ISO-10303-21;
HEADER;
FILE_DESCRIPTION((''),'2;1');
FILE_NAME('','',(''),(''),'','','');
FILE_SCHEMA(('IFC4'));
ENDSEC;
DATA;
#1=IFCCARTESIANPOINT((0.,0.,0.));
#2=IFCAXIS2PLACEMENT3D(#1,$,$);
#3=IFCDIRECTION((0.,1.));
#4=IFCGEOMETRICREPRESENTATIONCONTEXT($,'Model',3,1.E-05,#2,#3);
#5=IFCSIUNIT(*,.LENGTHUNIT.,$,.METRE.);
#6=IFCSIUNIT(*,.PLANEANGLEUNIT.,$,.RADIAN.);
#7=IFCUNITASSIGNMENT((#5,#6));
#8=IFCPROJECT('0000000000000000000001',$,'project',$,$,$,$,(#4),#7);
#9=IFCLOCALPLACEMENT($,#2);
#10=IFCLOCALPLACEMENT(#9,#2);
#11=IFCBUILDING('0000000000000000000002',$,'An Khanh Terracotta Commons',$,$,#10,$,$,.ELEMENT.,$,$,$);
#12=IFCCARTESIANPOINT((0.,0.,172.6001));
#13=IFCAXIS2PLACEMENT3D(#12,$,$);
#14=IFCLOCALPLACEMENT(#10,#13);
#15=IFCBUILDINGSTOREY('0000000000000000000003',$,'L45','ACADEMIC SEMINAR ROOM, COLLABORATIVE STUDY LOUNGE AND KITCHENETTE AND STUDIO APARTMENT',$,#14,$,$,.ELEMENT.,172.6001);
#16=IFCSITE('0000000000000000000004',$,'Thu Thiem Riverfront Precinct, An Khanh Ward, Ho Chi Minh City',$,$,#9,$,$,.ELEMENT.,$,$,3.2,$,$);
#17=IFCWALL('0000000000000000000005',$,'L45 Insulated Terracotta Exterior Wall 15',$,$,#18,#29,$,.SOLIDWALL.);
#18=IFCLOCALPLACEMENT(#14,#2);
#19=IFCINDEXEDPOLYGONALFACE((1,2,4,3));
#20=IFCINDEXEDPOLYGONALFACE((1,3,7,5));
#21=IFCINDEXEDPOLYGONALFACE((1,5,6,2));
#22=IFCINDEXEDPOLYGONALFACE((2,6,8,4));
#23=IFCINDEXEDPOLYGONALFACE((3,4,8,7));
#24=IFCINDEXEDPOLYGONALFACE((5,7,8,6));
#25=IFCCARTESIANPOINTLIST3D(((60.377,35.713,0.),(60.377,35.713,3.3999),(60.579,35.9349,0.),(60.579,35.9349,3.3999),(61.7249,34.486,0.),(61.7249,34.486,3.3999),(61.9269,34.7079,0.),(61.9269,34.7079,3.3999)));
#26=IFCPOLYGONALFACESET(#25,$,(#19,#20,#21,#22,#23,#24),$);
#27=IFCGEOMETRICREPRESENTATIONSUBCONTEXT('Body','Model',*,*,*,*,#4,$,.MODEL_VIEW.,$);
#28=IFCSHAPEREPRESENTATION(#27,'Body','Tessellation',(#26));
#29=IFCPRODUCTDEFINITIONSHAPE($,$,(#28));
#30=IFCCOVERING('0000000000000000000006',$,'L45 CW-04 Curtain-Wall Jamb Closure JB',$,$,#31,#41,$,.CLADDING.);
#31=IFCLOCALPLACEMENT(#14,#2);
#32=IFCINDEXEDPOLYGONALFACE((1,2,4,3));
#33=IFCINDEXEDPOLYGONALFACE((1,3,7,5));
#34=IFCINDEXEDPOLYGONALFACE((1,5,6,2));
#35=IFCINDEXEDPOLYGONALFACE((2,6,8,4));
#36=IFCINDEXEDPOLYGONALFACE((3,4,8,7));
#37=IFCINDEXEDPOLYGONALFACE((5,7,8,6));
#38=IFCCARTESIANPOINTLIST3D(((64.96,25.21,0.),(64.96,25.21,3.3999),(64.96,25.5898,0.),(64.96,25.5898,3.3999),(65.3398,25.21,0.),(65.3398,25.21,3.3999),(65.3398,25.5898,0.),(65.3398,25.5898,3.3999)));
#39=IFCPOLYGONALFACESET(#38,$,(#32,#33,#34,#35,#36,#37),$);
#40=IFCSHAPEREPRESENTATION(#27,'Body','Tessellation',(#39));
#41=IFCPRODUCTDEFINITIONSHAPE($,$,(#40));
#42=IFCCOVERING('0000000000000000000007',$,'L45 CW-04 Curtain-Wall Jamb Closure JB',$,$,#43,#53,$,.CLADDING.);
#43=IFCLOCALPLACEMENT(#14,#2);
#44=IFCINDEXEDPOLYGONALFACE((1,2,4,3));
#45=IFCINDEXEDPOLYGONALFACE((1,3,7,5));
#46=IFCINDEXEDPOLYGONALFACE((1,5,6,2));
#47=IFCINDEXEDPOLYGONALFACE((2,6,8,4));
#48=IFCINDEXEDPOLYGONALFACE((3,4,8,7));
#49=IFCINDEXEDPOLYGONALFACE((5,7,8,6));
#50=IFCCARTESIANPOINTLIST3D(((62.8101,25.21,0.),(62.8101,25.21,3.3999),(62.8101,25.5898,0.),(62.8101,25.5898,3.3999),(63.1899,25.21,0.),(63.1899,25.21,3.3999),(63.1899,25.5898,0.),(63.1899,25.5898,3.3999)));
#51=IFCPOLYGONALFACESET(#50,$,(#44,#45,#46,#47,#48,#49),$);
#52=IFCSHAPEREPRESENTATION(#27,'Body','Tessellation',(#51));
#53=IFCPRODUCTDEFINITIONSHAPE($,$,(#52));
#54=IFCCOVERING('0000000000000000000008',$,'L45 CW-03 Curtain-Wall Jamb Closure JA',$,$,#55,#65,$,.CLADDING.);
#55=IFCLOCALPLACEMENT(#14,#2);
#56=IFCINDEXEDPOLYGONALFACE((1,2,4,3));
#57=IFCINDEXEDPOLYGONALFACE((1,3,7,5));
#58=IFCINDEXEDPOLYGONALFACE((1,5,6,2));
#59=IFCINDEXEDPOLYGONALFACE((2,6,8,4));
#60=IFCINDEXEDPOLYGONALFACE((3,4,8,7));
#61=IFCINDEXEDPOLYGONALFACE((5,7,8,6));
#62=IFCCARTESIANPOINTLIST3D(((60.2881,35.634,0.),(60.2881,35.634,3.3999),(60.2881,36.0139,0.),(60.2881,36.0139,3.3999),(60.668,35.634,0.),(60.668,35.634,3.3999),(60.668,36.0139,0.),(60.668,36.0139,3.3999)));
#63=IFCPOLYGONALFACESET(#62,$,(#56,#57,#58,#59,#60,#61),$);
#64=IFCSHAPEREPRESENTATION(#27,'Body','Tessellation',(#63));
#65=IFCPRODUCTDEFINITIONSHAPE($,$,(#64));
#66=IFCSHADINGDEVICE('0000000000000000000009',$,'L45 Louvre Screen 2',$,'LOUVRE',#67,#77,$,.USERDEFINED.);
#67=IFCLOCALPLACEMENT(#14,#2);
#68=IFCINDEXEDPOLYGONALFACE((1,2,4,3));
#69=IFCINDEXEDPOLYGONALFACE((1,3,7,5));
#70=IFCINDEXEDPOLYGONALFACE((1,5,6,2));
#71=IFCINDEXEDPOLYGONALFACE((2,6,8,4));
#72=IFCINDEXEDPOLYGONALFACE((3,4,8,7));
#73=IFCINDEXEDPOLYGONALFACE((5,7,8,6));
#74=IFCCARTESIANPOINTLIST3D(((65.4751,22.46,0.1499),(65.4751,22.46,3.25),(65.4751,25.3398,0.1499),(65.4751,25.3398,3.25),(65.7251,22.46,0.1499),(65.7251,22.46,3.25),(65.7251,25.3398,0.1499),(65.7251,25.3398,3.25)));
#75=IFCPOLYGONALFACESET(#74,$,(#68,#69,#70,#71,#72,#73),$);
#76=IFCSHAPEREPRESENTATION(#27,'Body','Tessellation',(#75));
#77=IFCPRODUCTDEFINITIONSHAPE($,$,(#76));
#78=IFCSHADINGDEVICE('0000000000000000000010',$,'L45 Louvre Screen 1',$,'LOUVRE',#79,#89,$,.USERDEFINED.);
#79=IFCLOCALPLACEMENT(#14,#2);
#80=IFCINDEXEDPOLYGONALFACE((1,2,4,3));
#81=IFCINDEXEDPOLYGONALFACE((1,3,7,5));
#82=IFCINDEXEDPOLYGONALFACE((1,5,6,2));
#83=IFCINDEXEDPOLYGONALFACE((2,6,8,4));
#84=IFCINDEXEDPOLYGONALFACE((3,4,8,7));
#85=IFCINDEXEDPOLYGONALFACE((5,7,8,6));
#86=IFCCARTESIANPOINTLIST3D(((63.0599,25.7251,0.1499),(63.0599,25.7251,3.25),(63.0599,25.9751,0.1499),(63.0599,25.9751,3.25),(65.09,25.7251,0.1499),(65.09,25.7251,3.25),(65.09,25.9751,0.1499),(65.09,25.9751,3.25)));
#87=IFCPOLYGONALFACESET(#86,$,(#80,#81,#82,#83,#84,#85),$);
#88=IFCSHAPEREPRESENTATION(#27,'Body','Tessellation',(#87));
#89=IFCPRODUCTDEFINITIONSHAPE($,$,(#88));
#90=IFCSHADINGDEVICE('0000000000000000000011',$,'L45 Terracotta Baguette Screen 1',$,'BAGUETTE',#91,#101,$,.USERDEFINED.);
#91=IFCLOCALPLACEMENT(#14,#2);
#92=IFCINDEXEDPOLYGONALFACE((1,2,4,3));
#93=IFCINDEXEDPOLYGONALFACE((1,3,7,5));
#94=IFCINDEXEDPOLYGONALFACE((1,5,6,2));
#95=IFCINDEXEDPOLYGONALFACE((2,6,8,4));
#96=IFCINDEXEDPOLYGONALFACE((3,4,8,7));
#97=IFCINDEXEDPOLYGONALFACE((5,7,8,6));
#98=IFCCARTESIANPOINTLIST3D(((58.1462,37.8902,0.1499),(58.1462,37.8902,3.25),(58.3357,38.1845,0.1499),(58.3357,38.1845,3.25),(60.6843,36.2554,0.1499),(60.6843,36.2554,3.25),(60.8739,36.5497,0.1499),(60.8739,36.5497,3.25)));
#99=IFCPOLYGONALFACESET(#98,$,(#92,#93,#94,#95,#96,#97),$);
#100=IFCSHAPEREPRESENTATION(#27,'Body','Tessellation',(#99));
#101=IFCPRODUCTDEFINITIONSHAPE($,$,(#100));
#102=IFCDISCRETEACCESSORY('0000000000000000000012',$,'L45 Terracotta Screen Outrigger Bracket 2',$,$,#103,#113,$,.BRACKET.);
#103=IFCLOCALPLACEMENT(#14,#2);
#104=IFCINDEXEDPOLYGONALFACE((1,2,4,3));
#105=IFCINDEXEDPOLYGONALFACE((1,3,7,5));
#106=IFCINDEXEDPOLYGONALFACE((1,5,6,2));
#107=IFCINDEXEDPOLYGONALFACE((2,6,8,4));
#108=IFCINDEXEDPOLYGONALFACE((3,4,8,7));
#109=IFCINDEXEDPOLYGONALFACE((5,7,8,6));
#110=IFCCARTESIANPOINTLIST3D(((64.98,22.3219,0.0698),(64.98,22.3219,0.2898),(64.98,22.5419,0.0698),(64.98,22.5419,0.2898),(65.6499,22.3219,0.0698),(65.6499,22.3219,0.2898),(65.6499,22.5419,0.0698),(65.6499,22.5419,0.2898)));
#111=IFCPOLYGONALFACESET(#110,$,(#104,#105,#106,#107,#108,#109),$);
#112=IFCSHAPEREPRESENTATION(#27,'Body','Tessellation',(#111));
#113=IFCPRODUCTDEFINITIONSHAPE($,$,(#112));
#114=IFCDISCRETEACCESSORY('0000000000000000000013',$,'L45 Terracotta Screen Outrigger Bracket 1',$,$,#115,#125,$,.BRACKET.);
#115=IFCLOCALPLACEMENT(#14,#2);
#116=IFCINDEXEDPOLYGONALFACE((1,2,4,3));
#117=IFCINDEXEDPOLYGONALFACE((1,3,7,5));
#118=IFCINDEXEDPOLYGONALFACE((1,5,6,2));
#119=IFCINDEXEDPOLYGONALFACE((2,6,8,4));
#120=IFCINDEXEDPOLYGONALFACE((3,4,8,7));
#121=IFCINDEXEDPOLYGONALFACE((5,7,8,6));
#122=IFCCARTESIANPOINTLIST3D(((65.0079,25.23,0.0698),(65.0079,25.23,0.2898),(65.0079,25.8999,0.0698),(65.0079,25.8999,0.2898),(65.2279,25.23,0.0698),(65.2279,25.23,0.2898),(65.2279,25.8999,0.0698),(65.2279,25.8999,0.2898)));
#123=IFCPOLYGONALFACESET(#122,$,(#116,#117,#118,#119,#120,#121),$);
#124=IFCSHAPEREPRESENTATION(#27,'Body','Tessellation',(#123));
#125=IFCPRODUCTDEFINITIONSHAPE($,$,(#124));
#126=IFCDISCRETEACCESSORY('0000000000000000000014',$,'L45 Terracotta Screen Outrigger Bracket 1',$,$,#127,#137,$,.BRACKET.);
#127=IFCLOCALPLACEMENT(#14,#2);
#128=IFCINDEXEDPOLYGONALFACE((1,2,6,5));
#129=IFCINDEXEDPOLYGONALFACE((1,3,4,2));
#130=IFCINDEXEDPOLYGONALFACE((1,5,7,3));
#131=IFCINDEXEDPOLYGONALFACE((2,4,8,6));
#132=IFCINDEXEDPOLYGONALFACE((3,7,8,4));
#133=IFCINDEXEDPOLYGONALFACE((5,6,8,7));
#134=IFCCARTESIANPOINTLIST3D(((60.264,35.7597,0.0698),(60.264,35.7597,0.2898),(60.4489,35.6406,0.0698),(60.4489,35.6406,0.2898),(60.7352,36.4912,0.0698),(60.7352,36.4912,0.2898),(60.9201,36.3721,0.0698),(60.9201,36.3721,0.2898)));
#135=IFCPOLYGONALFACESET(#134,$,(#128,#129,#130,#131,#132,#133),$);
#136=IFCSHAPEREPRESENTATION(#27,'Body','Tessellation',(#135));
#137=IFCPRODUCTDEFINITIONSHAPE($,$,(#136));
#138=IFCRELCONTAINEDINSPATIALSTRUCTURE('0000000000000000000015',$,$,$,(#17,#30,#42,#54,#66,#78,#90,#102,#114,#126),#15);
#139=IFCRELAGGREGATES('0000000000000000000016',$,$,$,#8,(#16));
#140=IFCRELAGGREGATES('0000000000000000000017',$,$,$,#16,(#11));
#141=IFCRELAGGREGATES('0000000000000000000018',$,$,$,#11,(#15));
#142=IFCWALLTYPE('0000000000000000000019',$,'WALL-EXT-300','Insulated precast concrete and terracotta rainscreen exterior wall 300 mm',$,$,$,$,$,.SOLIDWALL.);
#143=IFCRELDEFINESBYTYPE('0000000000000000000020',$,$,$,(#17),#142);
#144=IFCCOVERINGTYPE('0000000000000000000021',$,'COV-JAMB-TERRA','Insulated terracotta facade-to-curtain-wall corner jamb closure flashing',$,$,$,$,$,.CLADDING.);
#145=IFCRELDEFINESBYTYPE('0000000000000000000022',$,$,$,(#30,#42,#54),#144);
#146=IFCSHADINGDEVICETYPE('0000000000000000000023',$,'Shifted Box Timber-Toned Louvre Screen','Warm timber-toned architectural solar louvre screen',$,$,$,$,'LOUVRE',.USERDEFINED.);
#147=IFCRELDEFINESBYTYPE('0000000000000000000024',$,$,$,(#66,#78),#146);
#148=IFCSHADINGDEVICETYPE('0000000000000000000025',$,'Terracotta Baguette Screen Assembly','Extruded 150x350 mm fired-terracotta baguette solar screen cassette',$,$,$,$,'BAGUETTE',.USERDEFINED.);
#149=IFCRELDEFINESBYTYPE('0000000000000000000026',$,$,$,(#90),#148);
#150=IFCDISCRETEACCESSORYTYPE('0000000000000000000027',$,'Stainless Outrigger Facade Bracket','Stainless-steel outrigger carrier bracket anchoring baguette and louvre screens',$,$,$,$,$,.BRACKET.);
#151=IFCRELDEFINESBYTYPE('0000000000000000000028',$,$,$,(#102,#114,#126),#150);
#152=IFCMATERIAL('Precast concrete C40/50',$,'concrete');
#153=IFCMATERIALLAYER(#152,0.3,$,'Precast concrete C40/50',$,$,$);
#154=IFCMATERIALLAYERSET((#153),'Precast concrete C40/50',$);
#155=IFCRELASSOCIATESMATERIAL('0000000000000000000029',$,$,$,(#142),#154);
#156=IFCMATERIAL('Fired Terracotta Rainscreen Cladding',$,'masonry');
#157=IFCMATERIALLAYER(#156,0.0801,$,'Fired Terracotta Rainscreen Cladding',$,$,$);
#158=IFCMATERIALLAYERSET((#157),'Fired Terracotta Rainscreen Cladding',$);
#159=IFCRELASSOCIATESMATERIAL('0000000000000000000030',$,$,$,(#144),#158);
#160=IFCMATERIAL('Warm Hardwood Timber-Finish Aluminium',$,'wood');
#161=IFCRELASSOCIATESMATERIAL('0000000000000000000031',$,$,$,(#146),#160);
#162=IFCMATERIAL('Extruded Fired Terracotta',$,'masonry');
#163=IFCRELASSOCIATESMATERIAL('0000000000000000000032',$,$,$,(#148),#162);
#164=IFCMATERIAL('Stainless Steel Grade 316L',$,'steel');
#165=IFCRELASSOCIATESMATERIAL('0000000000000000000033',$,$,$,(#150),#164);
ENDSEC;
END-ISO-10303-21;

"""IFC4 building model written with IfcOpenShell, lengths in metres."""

from ifc_helpers import new_model, si_unit, direction, frame, frame_2d, origin, origin_2d, place, context, subcontext, project, spatial, rectangle, extrude, material, layer, layer_set, type_object, element, save


model = new_model("IFC4")

# Units and contexts
model_context = context("Model", 3, precision=1e-05, world=origin(), true_north=direction((0.0, 1.0)))
body_context = subcontext(model_context, "Body", "Model", "MODEL_VIEW")
ifc_project = project(units=[si_unit("LENGTHUNIT", "METRE"), si_unit("PLANEANGLEUNIT", "RADIAN")], contexts=[model_context])

# Site, building, storey
site_placement = place(None, origin())
site = spatial("IfcSite", under=ifc_project, at=site_placement, Name="Thu Thiem Riverfront Precinct, An Khanh Ward, Ho Chi Minh City", CompositionType="ELEMENT", RefElevation=3.2)
building_placement = place(site_placement, origin())
building = spatial("IfcBuilding", under=site, at=building_placement, Name="An Khanh Terracotta Commons", CompositionType="ELEMENT")
storey_placement = place(building_placement, frame((0.0, 0.0, 172.6001)))
storey = spatial("IfcBuildingStorey", under=building, at=storey_placement, Name="L45", Description="ACADEMIC SEMINAR ROOM, COLLABORATIVE STUDY LOUNGE AND KITCHENETTE AND STUDIO APARTMENT", CompositionType="ELEMENT", Elevation=172.6001)

# Shared definitions
ifc_material_1 = material(Name="Precast concrete C40/50", Category="concrete")
ifc_layer_1 = layer(ifc_material_1, 0.3, Name="Precast concrete C40/50")
ifc_layer_set_1 = layer_set([ifc_layer_1], Name="Precast concrete C40/50")
wall_type = type_object("IfcWallType", Name="WALL-EXT-300", Description="Insulated precast concrete and terracotta rainscreen exterior wall 300 mm", PredefinedType="SOLIDWALL", material=ifc_layer_set_1)

# Wall
wall_1_placement = place(storey_placement, frame((61.8259, 34.5969, 0.0), z_axis=(0.0, 0.0, 1.0), x_axis=(-0.739479, 0.673179, 0.0)))
element("IfcWall", 1, at=wall_1_placement, inside=storey, type_object=wall_type, Name="L45 Insulated Terracotta Exterior Wall 15", PredefinedType="SOLIDWALL", context=body_context, shape_type="SweptSolid", body=[
    extrude(rectangle(XDim=1.8228, YDim=0.3, at=frame_2d((0.9114, 0.0))), origin(), (0.0, 0.0, 1.0), 3.3999),
])

# Coverings
ifc_material_2 = material(Name="Fired Terracotta Rainscreen Cladding", Category="masonry")
ifc_layer_2 = layer(ifc_material_2, 0.0801, Name="Fired Terracotta Rainscreen Cladding")
ifc_layer_set_2 = layer_set([ifc_layer_2], Name="Fired Terracotta Rainscreen Cladding")
covering_type = type_object("IfcCoveringType", Name="COV-JAMB-TERRA", Description="Insulated terracotta facade-to-curtain-wall corner jamb closure flashing", PredefinedType="CLADDING", material=ifc_layer_set_2)
for number, where, z_axis, x_axis, name in (
    (2, (65.1499, 25.3999, 0.0), (0.0, 0.0, 1.0), (1.0, 0.0, 0.0), "L45 CW-04 Curtain-Wall Jamb Closure JB"),
    (3, (63.0, 25.3999, 0.0), (0.0, 0.0, 1.0), (1.0, 0.0, 0.0), "L45 CW-04 Curtain-Wall Jamb Closure JB"),
    (4, (60.478, 35.824, 0.0), (0.0, 0.0, 1.0), (1.0, 0.0, 0.0), "L45 CW-03 Curtain-Wall Jamb Closure JA"),
):
    element("IfcCovering", number, at=place(storey_placement, frame(where, z_axis=z_axis, x_axis=x_axis)), inside=storey, type_object=covering_type, Name=name, PredefinedType="CLADDING", context=body_context, shape_type="SweptSolid", body=[
        extrude(rectangle(XDim=0.3799, YDim=0.3799, at=origin_2d()), origin(), (0.0, 0.0, 1.0), 3.3999),
    ])

# Shading devices
ifc_material_3 = material(Name="Warm Hardwood Timber-Finish Aluminium", Category="wood")
shading_device_type_1 = type_object("IfcShadingDeviceType", Name="Shifted Box Timber-Toned Louvre Screen", Description="Warm timber-toned architectural solar louvre screen", ElementType="LOUVRE", PredefinedType="USERDEFINED", material=ifc_material_3)
shading_device_1_placement = place(storey_placement, frame((65.6001, 23.8999, 0.1499), z_axis=(0.0, 0.0, 1.0), x_axis=(0.0, 1.0, 0.0)))
element("IfcShadingDevice", 5, at=shading_device_1_placement, inside=storey, type_object=shading_device_type_1, Name="L45 Louvre Screen 2", ObjectType="LOUVRE", PredefinedType="USERDEFINED", context=body_context, shape_type="SweptSolid", body=[
    extrude(rectangle(XDim=2.8799, YDim=0.25, at=origin_2d()), origin(), (0.0, 0.0, 1.0), 3.1001),
])
shading_device_2_placement = place(storey_placement, frame((64.075, 25.8501, 0.1499), z_axis=(0.0, 0.0, 1.0), x_axis=(-1.0, 0.0, 0.0)))
element("IfcShadingDevice", 6, at=shading_device_2_placement, inside=storey, type_object=shading_device_type_1, Name="L45 Louvre Screen 1", ObjectType="LOUVRE", PredefinedType="USERDEFINED", context=body_context, shape_type="SweptSolid", body=[
    extrude(rectangle(XDim=2.03, YDim=0.25, at=origin_2d()), origin(), (0.0, 0.0, 1.0), 3.1001),
])
ifc_material_4 = material(Name="Extruded Fired Terracotta", Category="masonry")
shading_device_type_2 = type_object("IfcShadingDeviceType", Name="Terracotta Baguette Screen Assembly", Description="Extruded 150x350 mm fired-terracotta baguette solar screen cassette", ElementType="BAGUETTE", PredefinedType="USERDEFINED", material=ifc_material_4)
shading_device_3_placement = place(storey_placement, frame((59.51, 37.22, 0.1499), z_axis=(0.0, 0.0, 1.0), x_axis=(-0.840702, 0.541498, 0.0)))
element("IfcShadingDevice", 7, at=shading_device_3_placement, inside=storey, type_object=shading_device_type_2, Name="L45 Terracotta Baguette Screen 1", ObjectType="BAGUETTE", PredefinedType="USERDEFINED", context=body_context, shape_type="SweptSolid", body=[
    extrude(rectangle(XDim=3.019, YDim=0.3501, at=origin_2d()), origin(), (0.0, 0.0, 1.0), 3.1001),
])

# Discrete accessories
ifc_material_5 = material(Name="Stainless Steel Grade 316L", Category="steel")
discrete_accessory_type = type_object("IfcDiscreteAccessoryType", Name="Stainless Outrigger Facade Bracket", Description="Stainless-steel outrigger carrier bracket anchoring baguette and louvre screens", PredefinedType="BRACKET", material=ifc_material_5)
for number, where, z_axis, x_axis, name in (
    (8, (65.3149, 22.4319, 0.0698), (0.0, 0.0, 1.0), (0.0, 1.0, 0.0), "L45 Terracotta Screen Outrigger Bracket 2"),
    (9, (65.1179, 25.5649, 0.0698), (0.0, 0.0, 1.0), (-1.0, 0.0, 0.0), "L45 Terracotta Screen Outrigger Bracket 1"),
):
    element("IfcDiscreteAccessory", number, at=place(storey_placement, frame(where, z_axis=z_axis, x_axis=x_axis)), inside=storey, type_object=discrete_accessory_type, Name=name, PredefinedType="BRACKET", context=body_context, shape_type="SweptSolid", body=[
        extrude(rectangle(XDim=0.22, YDim=0.6699, at=origin_2d()), origin(), (0.0, 0.0, 1.0), 0.22),
    ])
discrete_accessory_placement = place(storey_placement, frame((60.592, 36.0659, 0.0698), z_axis=(0.0, 0.0, 1.0), x_axis=(-0.840702, 0.541498, 0.0)))
element("IfcDiscreteAccessory", 10, at=discrete_accessory_placement, inside=storey, type_object=discrete_accessory_type, Name="L45 Terracotta Screen Outrigger Bracket 1", PredefinedType="BRACKET", context=body_context, shape_type="SweptSolid", body=[
    extrude(rectangle(XDim=0.22, YDim=0.8701, at=origin_2d()), origin(), (0.0, 0.0, 1.0), 0.22),
])

save(model, "model.ifc")
